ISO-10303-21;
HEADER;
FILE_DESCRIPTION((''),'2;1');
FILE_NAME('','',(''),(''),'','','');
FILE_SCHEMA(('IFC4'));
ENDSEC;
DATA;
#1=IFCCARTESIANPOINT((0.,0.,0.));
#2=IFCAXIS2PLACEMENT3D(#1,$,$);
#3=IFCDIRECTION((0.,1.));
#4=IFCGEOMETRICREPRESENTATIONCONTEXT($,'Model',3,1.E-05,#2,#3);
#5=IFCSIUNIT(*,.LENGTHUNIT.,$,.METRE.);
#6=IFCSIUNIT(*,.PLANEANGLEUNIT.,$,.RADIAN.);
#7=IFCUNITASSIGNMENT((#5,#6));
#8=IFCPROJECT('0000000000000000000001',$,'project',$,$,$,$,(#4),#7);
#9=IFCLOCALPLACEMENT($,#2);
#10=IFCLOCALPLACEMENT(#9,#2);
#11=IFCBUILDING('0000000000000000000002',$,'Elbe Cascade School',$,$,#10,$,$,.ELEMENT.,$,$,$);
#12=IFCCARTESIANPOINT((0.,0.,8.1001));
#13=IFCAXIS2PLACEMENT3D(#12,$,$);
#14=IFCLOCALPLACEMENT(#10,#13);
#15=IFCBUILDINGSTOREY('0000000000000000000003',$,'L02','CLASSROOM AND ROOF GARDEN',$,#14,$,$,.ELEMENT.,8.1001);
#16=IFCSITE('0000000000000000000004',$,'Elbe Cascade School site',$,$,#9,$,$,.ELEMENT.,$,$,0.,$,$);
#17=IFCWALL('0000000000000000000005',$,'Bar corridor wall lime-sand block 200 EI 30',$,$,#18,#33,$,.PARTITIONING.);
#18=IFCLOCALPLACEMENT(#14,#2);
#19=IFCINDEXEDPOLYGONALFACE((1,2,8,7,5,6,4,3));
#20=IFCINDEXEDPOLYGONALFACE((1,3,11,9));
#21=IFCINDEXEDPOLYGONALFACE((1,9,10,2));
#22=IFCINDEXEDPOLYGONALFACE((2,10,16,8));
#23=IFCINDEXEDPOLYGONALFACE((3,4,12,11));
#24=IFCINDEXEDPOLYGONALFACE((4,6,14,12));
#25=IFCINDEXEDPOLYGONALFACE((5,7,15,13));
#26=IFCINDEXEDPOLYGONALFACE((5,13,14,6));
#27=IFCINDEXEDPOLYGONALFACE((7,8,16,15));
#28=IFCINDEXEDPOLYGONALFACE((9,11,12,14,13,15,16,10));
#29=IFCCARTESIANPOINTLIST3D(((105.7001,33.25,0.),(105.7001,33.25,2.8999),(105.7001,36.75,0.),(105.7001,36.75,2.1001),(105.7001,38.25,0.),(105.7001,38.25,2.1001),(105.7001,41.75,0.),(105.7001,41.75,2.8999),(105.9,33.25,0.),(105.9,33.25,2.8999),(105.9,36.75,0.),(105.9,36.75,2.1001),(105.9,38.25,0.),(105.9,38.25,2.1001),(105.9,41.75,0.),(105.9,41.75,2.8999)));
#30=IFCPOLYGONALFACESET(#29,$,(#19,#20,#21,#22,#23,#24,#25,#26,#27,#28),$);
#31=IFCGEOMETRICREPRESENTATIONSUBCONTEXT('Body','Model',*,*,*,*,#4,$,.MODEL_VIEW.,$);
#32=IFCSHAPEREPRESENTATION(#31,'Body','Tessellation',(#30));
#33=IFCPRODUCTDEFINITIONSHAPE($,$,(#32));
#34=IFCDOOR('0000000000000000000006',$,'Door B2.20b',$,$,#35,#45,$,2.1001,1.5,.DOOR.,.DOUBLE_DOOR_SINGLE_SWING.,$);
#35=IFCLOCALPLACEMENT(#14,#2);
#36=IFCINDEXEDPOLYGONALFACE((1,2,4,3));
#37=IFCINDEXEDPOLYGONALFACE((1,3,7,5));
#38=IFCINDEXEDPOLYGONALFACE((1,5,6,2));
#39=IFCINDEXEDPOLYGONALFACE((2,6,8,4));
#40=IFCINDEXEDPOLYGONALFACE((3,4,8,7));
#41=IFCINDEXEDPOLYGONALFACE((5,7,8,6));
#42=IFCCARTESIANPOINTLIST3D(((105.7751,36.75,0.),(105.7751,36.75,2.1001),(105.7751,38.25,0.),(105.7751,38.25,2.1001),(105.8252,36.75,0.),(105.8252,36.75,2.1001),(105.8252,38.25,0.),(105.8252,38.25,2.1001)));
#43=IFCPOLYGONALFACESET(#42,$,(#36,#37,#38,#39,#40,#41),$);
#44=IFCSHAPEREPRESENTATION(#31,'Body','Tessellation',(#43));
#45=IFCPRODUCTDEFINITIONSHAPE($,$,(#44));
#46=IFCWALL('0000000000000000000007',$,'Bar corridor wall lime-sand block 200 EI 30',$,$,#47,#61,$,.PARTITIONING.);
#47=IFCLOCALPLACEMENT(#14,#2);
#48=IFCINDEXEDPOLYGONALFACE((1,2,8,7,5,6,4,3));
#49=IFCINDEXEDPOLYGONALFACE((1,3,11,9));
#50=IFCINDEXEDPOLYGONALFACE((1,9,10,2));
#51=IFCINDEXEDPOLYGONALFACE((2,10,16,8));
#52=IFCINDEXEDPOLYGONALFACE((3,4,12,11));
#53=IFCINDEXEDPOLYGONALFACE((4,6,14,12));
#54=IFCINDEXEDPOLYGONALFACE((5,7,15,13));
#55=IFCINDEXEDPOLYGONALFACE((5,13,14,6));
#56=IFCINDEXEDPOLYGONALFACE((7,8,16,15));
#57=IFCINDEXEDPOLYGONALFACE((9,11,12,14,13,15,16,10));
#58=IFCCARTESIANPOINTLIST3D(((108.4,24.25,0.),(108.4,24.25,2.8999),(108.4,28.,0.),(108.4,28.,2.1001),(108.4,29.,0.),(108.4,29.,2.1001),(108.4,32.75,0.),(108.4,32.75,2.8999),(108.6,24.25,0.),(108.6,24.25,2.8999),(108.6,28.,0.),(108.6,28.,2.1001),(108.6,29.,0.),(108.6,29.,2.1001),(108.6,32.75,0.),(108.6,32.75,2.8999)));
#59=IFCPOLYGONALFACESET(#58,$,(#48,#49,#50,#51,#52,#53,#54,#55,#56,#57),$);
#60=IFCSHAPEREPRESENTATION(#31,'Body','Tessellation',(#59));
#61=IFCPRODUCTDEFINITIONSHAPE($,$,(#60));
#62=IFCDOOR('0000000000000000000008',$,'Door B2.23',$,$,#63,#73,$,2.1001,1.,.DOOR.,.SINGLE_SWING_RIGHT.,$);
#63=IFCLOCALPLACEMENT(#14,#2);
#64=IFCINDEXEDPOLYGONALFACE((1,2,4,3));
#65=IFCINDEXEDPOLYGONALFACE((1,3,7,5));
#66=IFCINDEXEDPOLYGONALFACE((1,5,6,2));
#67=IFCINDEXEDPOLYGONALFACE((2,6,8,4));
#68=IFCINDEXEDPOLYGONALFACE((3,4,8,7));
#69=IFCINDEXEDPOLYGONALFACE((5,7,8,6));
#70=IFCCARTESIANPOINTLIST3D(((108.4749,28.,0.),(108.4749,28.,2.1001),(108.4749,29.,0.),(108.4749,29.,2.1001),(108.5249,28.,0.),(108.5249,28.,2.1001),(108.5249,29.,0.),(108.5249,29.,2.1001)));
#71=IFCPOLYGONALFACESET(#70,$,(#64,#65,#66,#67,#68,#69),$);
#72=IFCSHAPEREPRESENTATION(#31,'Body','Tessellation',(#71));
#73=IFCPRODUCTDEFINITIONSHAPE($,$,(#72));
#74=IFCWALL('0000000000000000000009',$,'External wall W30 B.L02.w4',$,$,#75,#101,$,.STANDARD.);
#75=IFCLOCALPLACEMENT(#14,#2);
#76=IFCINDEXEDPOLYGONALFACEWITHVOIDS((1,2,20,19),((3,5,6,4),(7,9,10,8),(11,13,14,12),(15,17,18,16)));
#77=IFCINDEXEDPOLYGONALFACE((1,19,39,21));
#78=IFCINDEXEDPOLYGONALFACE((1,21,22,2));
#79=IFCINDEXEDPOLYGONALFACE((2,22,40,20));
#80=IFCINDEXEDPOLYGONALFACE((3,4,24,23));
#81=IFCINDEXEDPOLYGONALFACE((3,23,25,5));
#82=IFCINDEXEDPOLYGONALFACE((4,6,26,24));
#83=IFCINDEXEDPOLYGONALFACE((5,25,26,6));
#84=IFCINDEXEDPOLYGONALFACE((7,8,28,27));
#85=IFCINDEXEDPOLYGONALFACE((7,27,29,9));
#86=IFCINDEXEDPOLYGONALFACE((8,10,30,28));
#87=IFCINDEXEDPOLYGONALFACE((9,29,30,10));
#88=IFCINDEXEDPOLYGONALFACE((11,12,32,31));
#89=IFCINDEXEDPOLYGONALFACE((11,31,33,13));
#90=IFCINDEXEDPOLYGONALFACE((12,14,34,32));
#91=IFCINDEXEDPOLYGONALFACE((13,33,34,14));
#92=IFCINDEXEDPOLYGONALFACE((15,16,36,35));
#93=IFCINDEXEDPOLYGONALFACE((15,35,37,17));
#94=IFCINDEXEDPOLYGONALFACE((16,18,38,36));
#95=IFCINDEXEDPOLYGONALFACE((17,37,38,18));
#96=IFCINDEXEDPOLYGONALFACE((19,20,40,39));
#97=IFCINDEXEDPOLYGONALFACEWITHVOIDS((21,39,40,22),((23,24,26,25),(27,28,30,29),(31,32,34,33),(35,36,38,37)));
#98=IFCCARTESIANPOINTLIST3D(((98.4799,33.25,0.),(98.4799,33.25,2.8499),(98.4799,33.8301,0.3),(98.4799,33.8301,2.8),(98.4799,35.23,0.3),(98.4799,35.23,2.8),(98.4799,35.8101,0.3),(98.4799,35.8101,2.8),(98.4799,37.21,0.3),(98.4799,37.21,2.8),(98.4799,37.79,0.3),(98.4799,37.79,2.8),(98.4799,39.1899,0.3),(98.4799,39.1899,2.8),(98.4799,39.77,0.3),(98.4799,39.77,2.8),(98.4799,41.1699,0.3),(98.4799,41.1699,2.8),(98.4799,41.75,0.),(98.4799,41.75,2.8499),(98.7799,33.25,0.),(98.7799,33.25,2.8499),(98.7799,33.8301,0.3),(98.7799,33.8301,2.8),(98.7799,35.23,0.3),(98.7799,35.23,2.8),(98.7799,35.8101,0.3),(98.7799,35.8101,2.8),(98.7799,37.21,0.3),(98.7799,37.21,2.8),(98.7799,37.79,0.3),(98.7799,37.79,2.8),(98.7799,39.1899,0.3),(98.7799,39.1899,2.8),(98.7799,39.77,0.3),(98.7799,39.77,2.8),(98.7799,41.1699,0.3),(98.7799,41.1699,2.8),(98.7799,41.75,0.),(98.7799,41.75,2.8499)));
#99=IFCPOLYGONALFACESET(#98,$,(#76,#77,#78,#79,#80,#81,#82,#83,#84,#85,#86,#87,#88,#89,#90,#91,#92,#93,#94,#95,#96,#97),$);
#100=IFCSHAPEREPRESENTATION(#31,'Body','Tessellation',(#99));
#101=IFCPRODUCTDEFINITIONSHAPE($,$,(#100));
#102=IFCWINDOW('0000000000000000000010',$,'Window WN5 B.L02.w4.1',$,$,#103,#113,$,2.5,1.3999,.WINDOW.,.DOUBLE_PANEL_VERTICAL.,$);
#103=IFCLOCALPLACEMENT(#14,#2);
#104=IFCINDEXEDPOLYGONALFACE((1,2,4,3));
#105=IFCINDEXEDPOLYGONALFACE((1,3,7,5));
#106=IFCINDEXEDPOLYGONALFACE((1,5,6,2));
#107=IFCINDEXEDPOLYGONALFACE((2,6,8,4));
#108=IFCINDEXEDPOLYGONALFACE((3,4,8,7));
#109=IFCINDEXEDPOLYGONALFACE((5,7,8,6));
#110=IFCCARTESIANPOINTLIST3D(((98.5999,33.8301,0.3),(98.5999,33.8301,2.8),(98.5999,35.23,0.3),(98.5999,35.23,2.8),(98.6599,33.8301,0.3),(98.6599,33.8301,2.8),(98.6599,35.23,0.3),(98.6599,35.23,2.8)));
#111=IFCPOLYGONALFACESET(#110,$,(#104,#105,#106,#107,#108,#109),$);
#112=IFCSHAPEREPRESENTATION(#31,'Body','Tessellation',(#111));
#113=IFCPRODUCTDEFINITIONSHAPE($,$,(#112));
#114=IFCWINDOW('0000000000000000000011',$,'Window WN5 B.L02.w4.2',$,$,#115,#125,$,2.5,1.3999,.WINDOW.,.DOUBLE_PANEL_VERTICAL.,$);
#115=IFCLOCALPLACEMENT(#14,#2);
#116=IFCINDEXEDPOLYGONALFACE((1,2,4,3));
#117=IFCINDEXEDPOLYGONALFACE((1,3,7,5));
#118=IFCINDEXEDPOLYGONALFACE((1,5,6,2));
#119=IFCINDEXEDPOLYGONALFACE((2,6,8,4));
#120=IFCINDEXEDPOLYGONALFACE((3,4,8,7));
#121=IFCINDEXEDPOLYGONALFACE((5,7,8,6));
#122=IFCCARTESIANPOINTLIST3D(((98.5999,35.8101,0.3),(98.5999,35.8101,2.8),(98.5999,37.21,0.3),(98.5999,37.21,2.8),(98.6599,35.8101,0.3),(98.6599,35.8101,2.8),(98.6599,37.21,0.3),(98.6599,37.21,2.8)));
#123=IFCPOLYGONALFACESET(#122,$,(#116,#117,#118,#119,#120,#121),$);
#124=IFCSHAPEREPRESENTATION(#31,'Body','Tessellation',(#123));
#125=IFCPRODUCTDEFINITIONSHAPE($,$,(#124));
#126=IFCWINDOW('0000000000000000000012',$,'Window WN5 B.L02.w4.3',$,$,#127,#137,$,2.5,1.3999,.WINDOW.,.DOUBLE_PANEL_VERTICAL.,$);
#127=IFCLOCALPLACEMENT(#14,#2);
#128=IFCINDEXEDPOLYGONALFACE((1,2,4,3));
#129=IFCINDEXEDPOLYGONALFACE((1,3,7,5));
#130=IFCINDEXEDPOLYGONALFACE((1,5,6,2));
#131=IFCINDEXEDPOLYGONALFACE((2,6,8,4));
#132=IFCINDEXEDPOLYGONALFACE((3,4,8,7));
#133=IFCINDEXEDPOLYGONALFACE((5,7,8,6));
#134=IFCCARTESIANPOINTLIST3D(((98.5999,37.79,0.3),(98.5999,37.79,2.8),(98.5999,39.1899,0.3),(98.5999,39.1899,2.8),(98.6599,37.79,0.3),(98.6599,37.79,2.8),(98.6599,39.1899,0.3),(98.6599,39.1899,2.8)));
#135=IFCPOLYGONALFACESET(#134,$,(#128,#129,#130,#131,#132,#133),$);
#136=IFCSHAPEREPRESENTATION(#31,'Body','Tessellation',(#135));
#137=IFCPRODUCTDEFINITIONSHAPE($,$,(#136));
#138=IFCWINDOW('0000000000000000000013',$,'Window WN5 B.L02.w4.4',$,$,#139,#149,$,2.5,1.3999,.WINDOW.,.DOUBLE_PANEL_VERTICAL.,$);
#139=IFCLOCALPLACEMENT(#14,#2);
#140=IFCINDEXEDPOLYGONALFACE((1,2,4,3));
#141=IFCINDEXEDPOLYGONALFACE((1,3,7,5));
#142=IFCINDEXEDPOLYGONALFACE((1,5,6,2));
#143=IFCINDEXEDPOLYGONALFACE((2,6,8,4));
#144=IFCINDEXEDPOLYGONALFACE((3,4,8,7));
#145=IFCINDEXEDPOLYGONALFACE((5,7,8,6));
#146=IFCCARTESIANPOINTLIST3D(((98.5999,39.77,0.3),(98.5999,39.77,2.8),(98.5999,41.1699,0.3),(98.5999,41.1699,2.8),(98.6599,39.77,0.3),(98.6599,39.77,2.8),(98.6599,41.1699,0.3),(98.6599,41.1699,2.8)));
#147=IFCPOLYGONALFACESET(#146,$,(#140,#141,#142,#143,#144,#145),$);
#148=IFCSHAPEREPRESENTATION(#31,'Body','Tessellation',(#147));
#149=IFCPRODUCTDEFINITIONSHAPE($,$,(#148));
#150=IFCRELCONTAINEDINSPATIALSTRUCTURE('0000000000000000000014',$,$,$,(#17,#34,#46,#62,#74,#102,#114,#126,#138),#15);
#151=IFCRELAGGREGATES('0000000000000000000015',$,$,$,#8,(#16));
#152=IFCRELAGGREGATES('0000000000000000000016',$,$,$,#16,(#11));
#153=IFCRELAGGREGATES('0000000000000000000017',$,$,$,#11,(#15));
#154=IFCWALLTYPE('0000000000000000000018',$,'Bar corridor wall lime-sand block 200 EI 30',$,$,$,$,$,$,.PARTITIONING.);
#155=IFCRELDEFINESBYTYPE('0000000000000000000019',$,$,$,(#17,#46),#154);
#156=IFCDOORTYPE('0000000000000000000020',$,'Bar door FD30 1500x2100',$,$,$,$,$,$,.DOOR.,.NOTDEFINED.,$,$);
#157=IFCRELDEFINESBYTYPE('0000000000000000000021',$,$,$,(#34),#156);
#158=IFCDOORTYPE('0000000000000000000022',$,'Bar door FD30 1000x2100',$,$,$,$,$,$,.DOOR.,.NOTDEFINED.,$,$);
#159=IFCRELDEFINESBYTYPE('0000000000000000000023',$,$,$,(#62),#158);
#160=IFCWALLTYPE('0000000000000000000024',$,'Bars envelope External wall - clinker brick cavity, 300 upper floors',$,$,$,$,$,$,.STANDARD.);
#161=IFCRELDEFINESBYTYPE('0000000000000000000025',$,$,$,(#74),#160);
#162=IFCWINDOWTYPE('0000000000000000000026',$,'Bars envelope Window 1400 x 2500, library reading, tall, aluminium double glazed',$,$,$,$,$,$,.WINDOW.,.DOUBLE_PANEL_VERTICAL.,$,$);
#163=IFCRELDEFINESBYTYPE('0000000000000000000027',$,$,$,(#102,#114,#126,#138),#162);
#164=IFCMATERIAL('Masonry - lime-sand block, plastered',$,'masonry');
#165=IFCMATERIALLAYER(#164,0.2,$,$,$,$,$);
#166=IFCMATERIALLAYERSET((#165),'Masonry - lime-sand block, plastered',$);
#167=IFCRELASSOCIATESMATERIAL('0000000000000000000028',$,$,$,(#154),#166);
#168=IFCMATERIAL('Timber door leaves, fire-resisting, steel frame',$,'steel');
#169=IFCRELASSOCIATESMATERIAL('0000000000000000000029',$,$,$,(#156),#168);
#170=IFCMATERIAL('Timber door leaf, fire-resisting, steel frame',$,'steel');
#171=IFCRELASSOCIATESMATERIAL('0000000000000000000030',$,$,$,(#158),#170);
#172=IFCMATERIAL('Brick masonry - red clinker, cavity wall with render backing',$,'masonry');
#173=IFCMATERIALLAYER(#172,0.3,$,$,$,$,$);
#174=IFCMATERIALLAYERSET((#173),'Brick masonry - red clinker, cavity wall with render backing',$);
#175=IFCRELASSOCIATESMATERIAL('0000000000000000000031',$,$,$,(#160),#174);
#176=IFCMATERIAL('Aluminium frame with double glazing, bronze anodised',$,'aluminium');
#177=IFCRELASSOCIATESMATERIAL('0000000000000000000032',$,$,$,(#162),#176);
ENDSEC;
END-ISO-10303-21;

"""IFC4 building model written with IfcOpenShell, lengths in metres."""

from ifc_helpers import new_model, si_unit, direction, frame, frame_2d, origin, place, context, subcontext, project, spatial, rectangle, extrude, material, layer, layer_set, type_object, element, fill, save


model = new_model("IFC4")

# Units and contexts
model_context = context("Model", 3, precision=1e-05, world=origin(), true_north=direction((0.0, 1.0)))
body_context = subcontext(model_context, "Body", "Model", "MODEL_VIEW")
ifc_project = project(units=[si_unit("LENGTHUNIT", "METRE"), si_unit("PLANEANGLEUNIT", "RADIAN")], contexts=[model_context])

# Site, building, storey
site_placement = place(None, origin())
site = spatial("IfcSite", under=ifc_project, at=site_placement, Name="Elbe Cascade School site", CompositionType="ELEMENT", RefElevation=0.0)
building_placement = place(site_placement, origin())
building = spatial("IfcBuilding", under=site, at=building_placement, Name="Elbe Cascade School", CompositionType="ELEMENT")
storey_placement = place(building_placement, frame((0.0, 0.0, 8.1001)))
storey = spatial("IfcBuildingStorey", under=building, at=storey_placement, Name="L02", Description="CLASSROOM AND ROOF GARDEN", CompositionType="ELEMENT", Elevation=8.1001)

# Walls, openings, doors
ifc_material_1 = material(Name="Masonry - lime-sand block, plastered", Category="masonry")
ifc_layer_1 = layer(ifc_material_1, 0.2)
ifc_layer_set_1 = layer_set([ifc_layer_1], Name="Masonry - lime-sand block, plastered")
wall_type_1 = type_object("IfcWallType", Name="Bar corridor wall lime-sand block 200 EI 30", PredefinedType="PARTITIONING", material=ifc_layer_set_1)
wall_1_placement = place(storey_placement, frame((105.8, 33.25, 0.0), z_axis=(0.0, 0.0, 1.0), x_axis=(0.0, 1.0, 0.0)))
wall_1 = element("IfcWall", 1, at=wall_1_placement, inside=storey, type_object=wall_type_1, Name="Bar corridor wall lime-sand block 200 EI 30", PredefinedType="PARTITIONING", context=body_context, shape_type="SweptSolid", body=[
    extrude(rectangle(XDim=8.5, YDim=0.2, at=frame_2d((4.25, 0.0))), origin(), (0.0, 0.0, 1.0), 2.8999),
])
opening_1_placement = place(wall_1_placement, frame((3.5, 0.0, 0.0)))
opening_1 = element("IfcOpeningElement", 2, at=opening_1_placement, cuts=wall_1, PredefinedType="OPENING", context=body_context, shape_type="SweptSolid", body=[
    extrude(rectangle(XDim=1.5, YDim=2.1001, at=frame_2d((0.75, 1.05))), frame((0.0, 0.1099, 0.0), z_axis=(0.0, -1.0, 0.0), x_axis=(1.0, 0.0, 0.0)), (0.0, 0.0, 1.0), 0.22),
])
ifc_material_2 = material(Name="Timber door leaves, fire-resisting, steel frame", Category="steel")
door_type_1 = type_object("IfcDoorType", Name="Bar door FD30 1500x2100", OperationType="NOTDEFINED", PredefinedType="DOOR", material=ifc_material_2)
door_1_placement = place(opening_1_placement, origin())
door_1 = element("IfcDoor", 3, at=door_1_placement, inside=storey, type_object=door_type_1, Name="Door B2.20b", OperationType="DOUBLE_DOOR_SINGLE_SWING", OverallHeight=2.1001, OverallWidth=1.5, PredefinedType="DOOR", context=body_context, shape_type="SweptSolid", body=[
    extrude(rectangle(XDim=1.5, YDim=2.1001, at=frame_2d((0.75, 1.05))), frame((0.0, 0.0249, 0.0), z_axis=(0.0, -1.0, 0.0), x_axis=(1.0, 0.0, 0.0)), (0.0, 0.0, 1.0), 0.05),
])
fill(opening_1, door_1)
wall_2_placement = place(storey_placement, frame((108.5, 32.75, 0.0), z_axis=(0.0, 0.0, 1.0), x_axis=(0.0, -1.0, 0.0)))
wall_2 = element("IfcWall", 4, at=wall_2_placement, inside=storey, type_object=wall_type_1, Name="Bar corridor wall lime-sand block 200 EI 30", PredefinedType="PARTITIONING", context=body_context, shape_type="SweptSolid", body=[
    extrude(rectangle(XDim=8.5, YDim=0.2, at=frame_2d((4.25, 0.0))), origin(), (0.0, 0.0, 1.0), 2.8999),
])
opening_2_placement = place(wall_2_placement, frame((3.75, 0.0, 0.0)))
opening_2 = element("IfcOpeningElement", 5, at=opening_2_placement, cuts=wall_2, PredefinedType="OPENING", context=body_context, shape_type="SweptSolid", body=[
    extrude(rectangle(XDim=1.0, YDim=2.1001, at=frame_2d((0.5, 1.05))), frame((0.0, 0.1099, 0.0), z_axis=(0.0, -1.0, 0.0), x_axis=(1.0, 0.0, 0.0)), (0.0, 0.0, 1.0), 0.22),
])
ifc_material_3 = material(Name="Timber door leaf, fire-resisting, steel frame", Category="steel")
door_type_2 = type_object("IfcDoorType", Name="Bar door FD30 1000x2100", OperationType="NOTDEFINED", PredefinedType="DOOR", material=ifc_material_3)
door_2_placement = place(opening_2_placement, origin())
door_2 = element("IfcDoor", 6, at=door_2_placement, inside=storey, type_object=door_type_2, Name="Door B2.23", OperationType="SINGLE_SWING_RIGHT", OverallHeight=2.1001, OverallWidth=1.0, PredefinedType="DOOR", context=body_context, shape_type="SweptSolid", body=[
    extrude(rectangle(XDim=1.0, YDim=2.1001, at=frame_2d((0.5, 1.05))), frame((0.0, 0.0249, 0.0), z_axis=(0.0, -1.0, 0.0), x_axis=(1.0, 0.0, 0.0)), (0.0, 0.0, 1.0), 0.05),
])
fill(opening_2, door_2)

# Wall, openings, windows
ifc_material_4 = material(Name="Brick masonry - red clinker, cavity wall with render backing", Category="masonry")
ifc_layer_2 = layer(ifc_material_4, 0.3)
ifc_layer_set_2 = layer_set([ifc_layer_2], Name="Brick masonry - red clinker, cavity wall with render backing")
wall_type_2 = type_object("IfcWallType", Name="Bars envelope External wall - clinker brick cavity, 300 upper floors", PredefinedType="STANDARD", material=ifc_layer_set_2)
wall_3_placement = place(storey_placement, frame((98.6299, 33.25, 0.0), z_axis=(0.0, 0.0, 1.0), x_axis=(0.0, 1.0, 0.0)))
wall_3 = element("IfcWall", 7, at=wall_3_placement, inside=storey, type_object=wall_type_2, Name="External wall W30 B.L02.w4", PredefinedType="STANDARD", context=body_context, shape_type="SweptSolid", body=[
    extrude(rectangle(XDim=8.5, YDim=0.3, at=frame_2d((4.25, 0.0))), origin(), (0.0, 0.0, 1.0), 2.8499),
])
opening_3_placement = place(wall_3_placement, frame((0.5801, 0.0, 0.3)))
opening_3 = element("IfcOpeningElement", 8, at=opening_3_placement, cuts=wall_3, PredefinedType="OPENING", context=body_context, shape_type="SweptSolid", body=[
    extrude(rectangle(XDim=1.3999, YDim=2.5, at=frame_2d((0.7, 1.25))), frame((0.0, 0.1599, 0.0), z_axis=(0.0, -1.0, 0.0), x_axis=(1.0, 0.0, 0.0)), (0.0, 0.0, 1.0), 0.3201),
])
opening_4_placement = place(wall_3_placement, frame((2.5601, 0.0, 0.3)))
opening_4 = element("IfcOpeningElement", 9, at=opening_4_placement, cuts=wall_3, PredefinedType="OPENING", context=body_context, shape_type="SweptSolid", body=[
    extrude(rectangle(XDim=1.3999, YDim=2.5, at=frame_2d((0.7, 1.25))), frame((0.0, 0.1599, 0.0), z_axis=(0.0, -1.0, 0.0), x_axis=(1.0, 0.0, 0.0)), (0.0, 0.0, 1.0), 0.3201),
])
opening_5_placement = place(wall_3_placement, frame((4.54, 0.0, 0.3)))
opening_5 = element("IfcOpeningElement", 10, at=opening_5_placement, cuts=wall_3, PredefinedType="OPENING", context=body_context, shape_type="SweptSolid", body=[
    extrude(rectangle(XDim=1.3999, YDim=2.5, at=frame_2d((0.7, 1.25))), frame((0.0, 0.1599, 0.0), z_axis=(0.0, -1.0, 0.0), x_axis=(1.0, 0.0, 0.0)), (0.0, 0.0, 1.0), 0.3201),
])
opening_6_placement = place(wall_3_placement, frame((6.52, 0.0, 0.3)))
opening_6 = element("IfcOpeningElement", 11, at=opening_6_placement, cuts=wall_3, PredefinedType="OPENING", context=body_context, shape_type="SweptSolid", body=[
    extrude(rectangle(XDim=1.3999, YDim=2.5, at=frame_2d((0.7, 1.25))), frame((0.0, 0.1599, 0.0), z_axis=(0.0, -1.0, 0.0), x_axis=(1.0, 0.0, 0.0)), (0.0, 0.0, 1.0), 0.3201),
])
ifc_material_5 = material(Name="Aluminium frame with double glazing, bronze anodised", Category="aluminium")
window_type_1 = type_object("IfcWindowType", Name="Bars envelope Window 1400 x 2500, library reading, tall, aluminium double glazed", PartitioningType="DOUBLE_PANEL_VERTICAL", PredefinedType="WINDOW", material=ifc_material_5)
window_1_placement = place(opening_3_placement, origin())
window_1 = element("IfcWindow", 12, at=window_1_placement, inside=storey, type_object=window_type_1, Name="Window WN5 B.L02.w4.1", OverallHeight=2.5, OverallWidth=1.3999, PartitioningType="DOUBLE_PANEL_VERTICAL", PredefinedType="WINDOW", context=body_context, shape_type="SweptSolid", body=[
    extrude(rectangle(XDim=1.3999, YDim=2.5, at=frame_2d((0.7, 1.25))), frame((0.0, 0.03, 0.0), z_axis=(0.0, -1.0, 0.0), x_axis=(1.0, 0.0, 0.0)), (0.0, 0.0, 1.0), 0.0601),
])
fill(opening_3, window_1)
window_2_placement = place(opening_4_placement, origin())
window_2 = element("IfcWindow", 13, at=window_2_placement, inside=storey, type_object=window_type_1, Name="Window WN5 B.L02.w4.2", OverallHeight=2.5, OverallWidth=1.3999, PartitioningType="DOUBLE_PANEL_VERTICAL", PredefinedType="WINDOW", context=body_context, shape_type="SweptSolid", body=[
    extrude(rectangle(XDim=1.3999, YDim=2.5, at=frame_2d((0.7, 1.25))), frame((0.0, 0.03, 0.0), z_axis=(0.0, -1.0, 0.0), x_axis=(1.0, 0.0, 0.0)), (0.0, 0.0, 1.0), 0.0601),
])
fill(opening_4, window_2)
window_3_placement = place(opening_5_placement, origin())
window_3 = element("IfcWindow", 14, at=window_3_placement, inside=storey, type_object=window_type_1, Name="Window WN5 B.L02.w4.3", OverallHeight=2.5, OverallWidth=1.3999, PartitioningType="DOUBLE_PANEL_VERTICAL", PredefinedType="WINDOW", context=body_context, shape_type="SweptSolid", body=[
    extrude(rectangle(XDim=1.3999, YDim=2.5, at=frame_2d((0.7, 1.25))), frame((0.0, 0.03, 0.0), z_axis=(0.0, -1.0, 0.0), x_axis=(1.0, 0.0, 0.0)), (0.0, 0.0, 1.0), 0.0601),
])
fill(opening_5, window_3)
window_4_placement = place(opening_6_placement, origin())
window_4 = element("IfcWindow", 15, at=window_4_placement, inside=storey, type_object=window_type_1, Name="Window WN5 B.L02.w4.4", OverallHeight=2.5, OverallWidth=1.3999, PartitioningType="DOUBLE_PANEL_VERTICAL", PredefinedType="WINDOW", context=body_context, shape_type="SweptSolid", body=[
    extrude(rectangle(XDim=1.3999, YDim=2.5, at=frame_2d((0.7, 1.25))), frame((0.0, 0.03, 0.0), z_axis=(0.0, -1.0, 0.0), x_axis=(1.0, 0.0, 0.0)), (0.0, 0.0, 1.0), 0.0601),
])
fill(opening_6, window_4)

save(model, "model.ifc")
